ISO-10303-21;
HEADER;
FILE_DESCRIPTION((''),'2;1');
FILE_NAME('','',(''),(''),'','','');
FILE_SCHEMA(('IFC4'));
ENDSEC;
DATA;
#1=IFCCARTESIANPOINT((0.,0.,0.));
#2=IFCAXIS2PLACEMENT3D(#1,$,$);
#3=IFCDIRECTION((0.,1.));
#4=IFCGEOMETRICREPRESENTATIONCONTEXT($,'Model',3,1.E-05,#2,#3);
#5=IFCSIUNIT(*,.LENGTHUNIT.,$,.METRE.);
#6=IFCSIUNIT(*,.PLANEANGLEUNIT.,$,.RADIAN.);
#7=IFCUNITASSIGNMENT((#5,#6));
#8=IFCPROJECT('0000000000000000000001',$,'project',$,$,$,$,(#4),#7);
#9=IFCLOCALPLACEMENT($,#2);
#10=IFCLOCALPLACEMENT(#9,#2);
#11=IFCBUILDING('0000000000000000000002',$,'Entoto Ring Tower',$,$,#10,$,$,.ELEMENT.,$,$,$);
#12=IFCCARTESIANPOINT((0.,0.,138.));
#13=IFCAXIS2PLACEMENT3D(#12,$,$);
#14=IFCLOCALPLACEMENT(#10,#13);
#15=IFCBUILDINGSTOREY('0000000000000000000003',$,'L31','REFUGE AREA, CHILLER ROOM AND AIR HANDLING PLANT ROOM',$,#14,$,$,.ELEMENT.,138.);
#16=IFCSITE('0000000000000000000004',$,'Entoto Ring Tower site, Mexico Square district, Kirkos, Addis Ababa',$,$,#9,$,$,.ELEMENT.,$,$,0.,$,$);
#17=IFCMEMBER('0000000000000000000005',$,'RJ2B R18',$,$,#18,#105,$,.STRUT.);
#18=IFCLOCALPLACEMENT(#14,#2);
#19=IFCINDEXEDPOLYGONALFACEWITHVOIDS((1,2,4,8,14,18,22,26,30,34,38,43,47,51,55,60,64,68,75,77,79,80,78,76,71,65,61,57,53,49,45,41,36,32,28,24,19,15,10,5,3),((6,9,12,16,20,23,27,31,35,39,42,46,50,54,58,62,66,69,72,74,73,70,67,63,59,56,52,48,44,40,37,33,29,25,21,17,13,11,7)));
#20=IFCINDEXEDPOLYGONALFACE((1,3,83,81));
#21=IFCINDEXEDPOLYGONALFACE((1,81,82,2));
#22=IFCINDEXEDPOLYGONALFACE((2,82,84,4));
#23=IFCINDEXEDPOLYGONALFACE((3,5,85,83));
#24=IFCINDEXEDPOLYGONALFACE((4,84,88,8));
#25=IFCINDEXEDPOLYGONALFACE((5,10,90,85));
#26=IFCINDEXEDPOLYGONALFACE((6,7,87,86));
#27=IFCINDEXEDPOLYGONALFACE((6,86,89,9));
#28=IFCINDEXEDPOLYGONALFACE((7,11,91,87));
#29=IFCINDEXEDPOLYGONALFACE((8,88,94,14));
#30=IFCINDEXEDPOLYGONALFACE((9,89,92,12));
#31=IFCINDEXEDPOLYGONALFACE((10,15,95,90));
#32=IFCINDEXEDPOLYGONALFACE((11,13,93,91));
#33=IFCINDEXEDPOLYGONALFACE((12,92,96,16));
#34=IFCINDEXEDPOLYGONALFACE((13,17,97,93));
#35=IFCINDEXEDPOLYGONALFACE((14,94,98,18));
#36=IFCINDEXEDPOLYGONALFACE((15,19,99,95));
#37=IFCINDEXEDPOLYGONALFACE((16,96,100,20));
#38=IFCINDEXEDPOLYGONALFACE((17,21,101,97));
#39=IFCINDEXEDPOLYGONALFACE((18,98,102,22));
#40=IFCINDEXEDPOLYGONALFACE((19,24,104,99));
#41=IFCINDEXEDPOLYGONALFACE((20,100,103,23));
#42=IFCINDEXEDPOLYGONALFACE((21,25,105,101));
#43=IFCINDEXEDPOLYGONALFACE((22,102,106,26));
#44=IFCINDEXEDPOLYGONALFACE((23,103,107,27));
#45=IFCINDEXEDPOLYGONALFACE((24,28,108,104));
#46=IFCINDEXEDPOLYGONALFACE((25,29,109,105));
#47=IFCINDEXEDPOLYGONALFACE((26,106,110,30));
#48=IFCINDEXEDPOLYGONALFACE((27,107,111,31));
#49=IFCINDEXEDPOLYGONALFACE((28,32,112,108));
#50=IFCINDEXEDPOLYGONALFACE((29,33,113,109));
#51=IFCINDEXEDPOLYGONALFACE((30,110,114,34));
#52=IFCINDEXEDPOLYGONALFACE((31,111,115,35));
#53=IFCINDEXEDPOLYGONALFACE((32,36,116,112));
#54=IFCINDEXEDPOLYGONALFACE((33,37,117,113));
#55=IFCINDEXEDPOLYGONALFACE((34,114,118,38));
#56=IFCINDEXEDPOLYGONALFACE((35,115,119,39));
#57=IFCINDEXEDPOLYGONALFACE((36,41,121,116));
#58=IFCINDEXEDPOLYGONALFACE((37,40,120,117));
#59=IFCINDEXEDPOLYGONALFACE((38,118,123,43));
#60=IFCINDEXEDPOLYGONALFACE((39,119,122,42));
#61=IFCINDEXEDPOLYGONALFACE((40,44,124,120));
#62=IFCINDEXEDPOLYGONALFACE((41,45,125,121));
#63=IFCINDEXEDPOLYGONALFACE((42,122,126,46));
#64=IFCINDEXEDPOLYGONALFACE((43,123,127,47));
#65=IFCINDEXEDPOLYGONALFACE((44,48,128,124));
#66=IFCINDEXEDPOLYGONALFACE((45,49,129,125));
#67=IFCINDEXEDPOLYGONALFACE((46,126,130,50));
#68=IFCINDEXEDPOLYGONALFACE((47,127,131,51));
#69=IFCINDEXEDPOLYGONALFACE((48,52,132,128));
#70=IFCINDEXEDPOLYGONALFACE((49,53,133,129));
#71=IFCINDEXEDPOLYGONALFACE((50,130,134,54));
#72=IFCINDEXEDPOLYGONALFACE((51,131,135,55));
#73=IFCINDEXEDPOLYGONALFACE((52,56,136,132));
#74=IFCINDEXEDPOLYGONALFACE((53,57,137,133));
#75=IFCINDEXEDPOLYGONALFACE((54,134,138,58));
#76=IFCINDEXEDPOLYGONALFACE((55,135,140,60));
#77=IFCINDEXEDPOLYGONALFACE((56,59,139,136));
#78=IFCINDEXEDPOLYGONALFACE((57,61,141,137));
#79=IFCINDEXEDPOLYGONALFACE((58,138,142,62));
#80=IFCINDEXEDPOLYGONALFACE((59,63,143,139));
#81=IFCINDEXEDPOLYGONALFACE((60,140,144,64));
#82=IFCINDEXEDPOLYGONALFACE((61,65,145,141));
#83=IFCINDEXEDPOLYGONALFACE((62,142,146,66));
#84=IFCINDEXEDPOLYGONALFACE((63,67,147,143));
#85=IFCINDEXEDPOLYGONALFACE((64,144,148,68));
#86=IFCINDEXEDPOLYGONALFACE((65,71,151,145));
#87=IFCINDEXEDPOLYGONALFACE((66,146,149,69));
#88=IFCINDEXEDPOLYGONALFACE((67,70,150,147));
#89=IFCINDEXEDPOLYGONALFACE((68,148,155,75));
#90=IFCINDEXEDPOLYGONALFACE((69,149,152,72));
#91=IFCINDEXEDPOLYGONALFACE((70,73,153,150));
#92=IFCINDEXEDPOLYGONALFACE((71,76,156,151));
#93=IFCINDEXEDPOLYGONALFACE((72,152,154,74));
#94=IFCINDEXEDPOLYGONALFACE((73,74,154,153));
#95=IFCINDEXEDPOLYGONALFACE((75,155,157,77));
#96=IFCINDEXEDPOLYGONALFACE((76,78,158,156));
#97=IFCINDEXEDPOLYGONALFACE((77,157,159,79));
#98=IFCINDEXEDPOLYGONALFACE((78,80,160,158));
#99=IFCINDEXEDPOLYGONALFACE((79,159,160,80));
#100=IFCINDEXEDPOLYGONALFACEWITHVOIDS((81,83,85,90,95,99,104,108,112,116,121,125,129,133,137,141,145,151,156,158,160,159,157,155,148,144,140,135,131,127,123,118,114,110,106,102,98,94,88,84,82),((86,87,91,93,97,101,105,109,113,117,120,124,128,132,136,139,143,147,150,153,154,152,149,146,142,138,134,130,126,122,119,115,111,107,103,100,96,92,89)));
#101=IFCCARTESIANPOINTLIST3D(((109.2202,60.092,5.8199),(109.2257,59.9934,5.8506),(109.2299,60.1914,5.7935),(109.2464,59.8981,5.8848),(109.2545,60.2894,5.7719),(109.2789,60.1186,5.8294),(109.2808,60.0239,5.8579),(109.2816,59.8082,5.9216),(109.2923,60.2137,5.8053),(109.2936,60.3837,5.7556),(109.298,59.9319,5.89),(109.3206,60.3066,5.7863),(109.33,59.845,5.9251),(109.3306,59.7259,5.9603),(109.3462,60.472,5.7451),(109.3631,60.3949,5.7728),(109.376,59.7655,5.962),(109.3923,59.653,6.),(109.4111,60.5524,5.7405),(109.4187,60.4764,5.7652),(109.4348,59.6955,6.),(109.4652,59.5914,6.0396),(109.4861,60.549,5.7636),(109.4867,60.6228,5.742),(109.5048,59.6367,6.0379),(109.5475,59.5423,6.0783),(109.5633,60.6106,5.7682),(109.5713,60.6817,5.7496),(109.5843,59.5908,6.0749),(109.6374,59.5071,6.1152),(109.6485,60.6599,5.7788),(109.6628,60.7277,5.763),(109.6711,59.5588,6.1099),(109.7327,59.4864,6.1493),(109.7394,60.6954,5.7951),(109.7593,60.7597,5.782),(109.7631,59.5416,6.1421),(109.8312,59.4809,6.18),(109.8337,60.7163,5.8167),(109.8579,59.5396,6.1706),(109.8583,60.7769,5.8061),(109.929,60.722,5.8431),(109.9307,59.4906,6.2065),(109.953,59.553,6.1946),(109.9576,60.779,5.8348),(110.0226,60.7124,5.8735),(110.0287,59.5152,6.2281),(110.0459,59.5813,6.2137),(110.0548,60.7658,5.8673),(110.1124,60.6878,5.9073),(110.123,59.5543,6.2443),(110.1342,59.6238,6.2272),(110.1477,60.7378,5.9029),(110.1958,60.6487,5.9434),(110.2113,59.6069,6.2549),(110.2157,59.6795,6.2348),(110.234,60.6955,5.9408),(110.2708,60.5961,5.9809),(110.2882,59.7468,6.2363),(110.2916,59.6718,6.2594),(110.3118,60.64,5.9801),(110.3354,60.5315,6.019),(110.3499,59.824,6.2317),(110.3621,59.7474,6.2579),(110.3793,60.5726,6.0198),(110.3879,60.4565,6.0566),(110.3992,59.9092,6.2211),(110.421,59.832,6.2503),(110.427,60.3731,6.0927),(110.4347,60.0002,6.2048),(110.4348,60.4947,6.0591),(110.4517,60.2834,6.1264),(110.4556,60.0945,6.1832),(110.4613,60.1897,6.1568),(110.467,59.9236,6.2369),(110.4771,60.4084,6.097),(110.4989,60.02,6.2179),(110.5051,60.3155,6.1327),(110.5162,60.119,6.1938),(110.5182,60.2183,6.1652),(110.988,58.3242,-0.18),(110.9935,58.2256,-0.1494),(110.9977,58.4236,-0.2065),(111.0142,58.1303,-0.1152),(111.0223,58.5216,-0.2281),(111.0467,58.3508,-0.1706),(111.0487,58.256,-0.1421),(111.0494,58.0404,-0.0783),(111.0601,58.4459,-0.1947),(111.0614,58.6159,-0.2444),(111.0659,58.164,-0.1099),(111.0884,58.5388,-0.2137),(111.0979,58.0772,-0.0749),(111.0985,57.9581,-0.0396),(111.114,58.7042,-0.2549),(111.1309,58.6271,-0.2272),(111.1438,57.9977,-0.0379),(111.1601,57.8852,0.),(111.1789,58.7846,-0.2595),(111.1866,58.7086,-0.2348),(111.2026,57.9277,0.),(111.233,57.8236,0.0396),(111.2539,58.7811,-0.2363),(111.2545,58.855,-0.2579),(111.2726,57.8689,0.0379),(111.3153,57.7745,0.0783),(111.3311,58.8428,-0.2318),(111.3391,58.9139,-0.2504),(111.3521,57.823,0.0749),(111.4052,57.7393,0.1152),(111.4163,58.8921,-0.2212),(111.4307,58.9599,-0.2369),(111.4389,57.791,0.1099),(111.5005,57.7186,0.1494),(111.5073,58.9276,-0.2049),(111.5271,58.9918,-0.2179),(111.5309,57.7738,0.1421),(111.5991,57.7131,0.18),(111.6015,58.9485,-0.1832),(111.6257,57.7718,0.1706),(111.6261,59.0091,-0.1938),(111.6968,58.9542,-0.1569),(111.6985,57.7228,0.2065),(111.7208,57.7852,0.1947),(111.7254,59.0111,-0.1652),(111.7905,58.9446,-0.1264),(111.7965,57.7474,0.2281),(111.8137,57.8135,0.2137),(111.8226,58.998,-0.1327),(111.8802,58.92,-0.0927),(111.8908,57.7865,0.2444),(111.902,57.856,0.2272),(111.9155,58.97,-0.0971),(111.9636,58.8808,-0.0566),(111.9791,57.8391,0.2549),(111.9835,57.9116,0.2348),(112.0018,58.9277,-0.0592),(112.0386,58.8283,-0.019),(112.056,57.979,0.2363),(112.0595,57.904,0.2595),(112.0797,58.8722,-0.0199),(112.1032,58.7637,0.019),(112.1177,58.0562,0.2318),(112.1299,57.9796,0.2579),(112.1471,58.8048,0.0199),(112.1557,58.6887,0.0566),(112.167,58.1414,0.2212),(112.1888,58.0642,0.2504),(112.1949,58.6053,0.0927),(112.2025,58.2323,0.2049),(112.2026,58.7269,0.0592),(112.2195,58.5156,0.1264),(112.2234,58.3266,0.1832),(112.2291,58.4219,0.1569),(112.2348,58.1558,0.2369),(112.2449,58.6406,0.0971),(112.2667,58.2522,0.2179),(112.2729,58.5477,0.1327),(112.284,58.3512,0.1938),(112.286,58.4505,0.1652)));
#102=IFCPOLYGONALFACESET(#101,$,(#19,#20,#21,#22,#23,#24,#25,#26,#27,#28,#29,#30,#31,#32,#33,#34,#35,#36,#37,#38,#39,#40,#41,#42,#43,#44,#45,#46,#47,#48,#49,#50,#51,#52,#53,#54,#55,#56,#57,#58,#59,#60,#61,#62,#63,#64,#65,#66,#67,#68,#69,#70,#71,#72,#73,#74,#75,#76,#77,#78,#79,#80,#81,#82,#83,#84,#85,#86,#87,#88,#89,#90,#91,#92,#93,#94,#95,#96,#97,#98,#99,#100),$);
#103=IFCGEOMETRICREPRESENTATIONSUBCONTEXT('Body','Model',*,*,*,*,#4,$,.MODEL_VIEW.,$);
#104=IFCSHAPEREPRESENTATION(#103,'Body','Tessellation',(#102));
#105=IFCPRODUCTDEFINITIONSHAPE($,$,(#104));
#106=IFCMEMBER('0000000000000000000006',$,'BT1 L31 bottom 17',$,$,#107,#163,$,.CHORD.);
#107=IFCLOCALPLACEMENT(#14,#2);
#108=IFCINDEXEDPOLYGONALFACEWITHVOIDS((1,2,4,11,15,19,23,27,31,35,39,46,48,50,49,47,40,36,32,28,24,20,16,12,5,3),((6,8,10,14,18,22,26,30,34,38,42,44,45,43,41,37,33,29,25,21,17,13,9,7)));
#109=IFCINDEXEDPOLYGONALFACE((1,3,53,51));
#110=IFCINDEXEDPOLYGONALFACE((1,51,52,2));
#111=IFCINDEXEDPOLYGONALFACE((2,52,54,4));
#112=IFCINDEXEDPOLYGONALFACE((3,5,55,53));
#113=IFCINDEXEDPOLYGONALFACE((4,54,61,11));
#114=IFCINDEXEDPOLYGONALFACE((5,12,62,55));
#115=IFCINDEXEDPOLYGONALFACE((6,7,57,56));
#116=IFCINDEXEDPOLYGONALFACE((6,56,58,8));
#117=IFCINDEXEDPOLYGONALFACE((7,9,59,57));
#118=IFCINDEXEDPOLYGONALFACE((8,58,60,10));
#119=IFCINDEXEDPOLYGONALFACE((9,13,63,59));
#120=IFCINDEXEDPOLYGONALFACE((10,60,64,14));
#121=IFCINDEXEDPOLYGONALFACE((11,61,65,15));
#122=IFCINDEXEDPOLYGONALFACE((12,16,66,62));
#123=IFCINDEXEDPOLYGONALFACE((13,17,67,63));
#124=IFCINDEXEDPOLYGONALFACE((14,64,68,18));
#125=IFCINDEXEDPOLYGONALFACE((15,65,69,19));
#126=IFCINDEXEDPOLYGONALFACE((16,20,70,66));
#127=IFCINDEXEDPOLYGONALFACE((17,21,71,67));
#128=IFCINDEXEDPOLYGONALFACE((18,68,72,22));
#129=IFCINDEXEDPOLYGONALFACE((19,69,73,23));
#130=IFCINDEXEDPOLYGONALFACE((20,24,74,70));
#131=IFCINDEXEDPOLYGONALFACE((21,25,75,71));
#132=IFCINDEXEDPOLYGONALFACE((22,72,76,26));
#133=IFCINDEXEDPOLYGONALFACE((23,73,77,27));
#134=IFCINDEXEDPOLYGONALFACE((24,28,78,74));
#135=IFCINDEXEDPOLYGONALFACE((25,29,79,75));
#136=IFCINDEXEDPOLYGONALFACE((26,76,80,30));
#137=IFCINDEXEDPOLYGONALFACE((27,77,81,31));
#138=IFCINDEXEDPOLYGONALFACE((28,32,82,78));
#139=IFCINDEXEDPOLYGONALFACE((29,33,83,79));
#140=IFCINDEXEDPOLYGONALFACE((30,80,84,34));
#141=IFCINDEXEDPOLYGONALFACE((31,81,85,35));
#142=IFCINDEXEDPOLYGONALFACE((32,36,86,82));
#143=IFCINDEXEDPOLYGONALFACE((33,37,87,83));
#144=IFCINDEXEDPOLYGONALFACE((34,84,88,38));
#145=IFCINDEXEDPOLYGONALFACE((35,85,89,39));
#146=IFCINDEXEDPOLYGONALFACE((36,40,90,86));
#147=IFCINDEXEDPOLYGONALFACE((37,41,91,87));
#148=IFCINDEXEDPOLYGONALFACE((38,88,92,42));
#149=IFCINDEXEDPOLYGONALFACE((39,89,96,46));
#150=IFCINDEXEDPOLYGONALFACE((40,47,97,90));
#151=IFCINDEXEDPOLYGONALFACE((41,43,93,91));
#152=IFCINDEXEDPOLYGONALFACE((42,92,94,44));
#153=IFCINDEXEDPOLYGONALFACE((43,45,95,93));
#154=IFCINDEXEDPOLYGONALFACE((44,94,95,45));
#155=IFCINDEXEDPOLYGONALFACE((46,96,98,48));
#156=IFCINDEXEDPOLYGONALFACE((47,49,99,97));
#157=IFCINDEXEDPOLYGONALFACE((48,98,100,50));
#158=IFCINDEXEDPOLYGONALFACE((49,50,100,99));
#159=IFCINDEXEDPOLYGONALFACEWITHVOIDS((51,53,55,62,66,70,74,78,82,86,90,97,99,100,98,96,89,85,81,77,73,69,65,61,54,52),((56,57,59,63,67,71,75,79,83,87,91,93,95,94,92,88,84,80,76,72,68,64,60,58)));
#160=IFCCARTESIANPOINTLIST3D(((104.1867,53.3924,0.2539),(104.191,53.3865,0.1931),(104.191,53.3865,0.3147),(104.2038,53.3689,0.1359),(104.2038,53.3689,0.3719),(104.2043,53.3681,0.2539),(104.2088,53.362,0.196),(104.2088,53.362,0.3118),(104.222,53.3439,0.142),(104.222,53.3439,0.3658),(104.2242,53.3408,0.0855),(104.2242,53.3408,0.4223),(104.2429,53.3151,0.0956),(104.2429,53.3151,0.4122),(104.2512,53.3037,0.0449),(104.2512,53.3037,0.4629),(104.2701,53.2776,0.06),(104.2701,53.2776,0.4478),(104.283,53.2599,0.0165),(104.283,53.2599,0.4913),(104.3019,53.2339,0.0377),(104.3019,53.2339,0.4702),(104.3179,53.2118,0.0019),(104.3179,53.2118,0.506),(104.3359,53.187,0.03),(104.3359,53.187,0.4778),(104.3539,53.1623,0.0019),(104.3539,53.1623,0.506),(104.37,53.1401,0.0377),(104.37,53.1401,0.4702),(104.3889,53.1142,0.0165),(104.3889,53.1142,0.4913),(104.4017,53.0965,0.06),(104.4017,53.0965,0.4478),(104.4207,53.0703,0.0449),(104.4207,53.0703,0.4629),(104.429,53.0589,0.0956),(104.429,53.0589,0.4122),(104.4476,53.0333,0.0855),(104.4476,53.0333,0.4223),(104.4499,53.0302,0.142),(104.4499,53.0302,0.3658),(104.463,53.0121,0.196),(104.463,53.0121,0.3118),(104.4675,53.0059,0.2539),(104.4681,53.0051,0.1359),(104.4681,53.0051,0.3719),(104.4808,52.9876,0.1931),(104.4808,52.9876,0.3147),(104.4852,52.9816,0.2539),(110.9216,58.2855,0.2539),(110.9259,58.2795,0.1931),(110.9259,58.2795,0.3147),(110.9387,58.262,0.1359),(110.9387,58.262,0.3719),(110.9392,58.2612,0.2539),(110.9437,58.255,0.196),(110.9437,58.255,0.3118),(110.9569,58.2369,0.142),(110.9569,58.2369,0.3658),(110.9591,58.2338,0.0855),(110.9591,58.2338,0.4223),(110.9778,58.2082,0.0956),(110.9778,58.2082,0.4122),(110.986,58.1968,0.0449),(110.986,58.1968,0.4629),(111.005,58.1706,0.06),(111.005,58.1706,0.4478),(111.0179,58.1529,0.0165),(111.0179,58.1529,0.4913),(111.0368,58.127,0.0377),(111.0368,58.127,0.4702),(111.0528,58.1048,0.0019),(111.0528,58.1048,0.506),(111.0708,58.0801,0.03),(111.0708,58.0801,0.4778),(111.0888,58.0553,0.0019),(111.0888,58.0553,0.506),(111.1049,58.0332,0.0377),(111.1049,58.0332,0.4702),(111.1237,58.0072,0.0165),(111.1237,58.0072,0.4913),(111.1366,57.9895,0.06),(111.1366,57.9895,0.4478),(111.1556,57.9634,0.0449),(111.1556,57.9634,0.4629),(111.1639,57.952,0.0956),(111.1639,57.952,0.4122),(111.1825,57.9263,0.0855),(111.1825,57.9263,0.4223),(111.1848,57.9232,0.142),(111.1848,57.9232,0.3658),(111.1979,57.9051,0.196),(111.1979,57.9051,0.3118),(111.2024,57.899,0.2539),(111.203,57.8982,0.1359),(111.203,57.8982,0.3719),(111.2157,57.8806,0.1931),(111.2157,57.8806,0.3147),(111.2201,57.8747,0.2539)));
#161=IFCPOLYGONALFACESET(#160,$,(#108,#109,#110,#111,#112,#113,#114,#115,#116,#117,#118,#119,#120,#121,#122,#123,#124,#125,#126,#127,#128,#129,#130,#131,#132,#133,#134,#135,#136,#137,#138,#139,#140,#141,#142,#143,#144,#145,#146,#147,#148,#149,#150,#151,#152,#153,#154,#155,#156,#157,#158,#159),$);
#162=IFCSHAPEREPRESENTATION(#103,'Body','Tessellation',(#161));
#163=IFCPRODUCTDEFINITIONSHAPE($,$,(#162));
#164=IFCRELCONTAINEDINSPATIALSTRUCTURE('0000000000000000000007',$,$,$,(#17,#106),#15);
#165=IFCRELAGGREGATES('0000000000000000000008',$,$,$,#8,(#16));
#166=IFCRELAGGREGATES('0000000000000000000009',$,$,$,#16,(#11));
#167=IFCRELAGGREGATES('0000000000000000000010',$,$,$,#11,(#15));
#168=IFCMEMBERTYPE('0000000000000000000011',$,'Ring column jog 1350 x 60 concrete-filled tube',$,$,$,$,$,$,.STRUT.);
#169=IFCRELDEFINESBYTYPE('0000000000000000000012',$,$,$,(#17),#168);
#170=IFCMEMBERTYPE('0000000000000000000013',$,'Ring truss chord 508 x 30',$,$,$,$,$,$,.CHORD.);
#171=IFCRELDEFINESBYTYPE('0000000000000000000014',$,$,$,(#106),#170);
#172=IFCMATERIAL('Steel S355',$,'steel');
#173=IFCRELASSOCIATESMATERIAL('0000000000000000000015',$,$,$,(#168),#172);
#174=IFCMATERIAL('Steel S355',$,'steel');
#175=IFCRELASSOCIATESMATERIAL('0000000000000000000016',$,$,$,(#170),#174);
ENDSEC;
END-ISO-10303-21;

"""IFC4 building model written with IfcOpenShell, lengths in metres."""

from ifc_helpers import new_model, si_unit, direction, frame, origin, origin_2d, place, context, subcontext, project, spatial, circle, hollow_circle, extrude, material, material_profile, profile_set, type_object, element, save


model = new_model("IFC4")

# Units and contexts
model_context = context("Model", 3, precision=1e-05, world=origin(), true_north=direction((0.0, 1.0)))
body_context = subcontext(model_context, "Body", "Model", "MODEL_VIEW")
ifc_project = project(units=[si_unit("LENGTHUNIT", "METRE"), si_unit("PLANEANGLEUNIT", "RADIAN")], contexts=[model_context])

# Site, building, storey
site_placement = place(None, origin())
site = spatial("IfcSite", under=ifc_project, at=site_placement, Name="Entoto Ring Tower site, Mexico Square district, Kirkos, Addis Ababa", CompositionType="ELEMENT", RefElevation=0.0)
building_placement = place(site_placement, origin())
building = spatial("IfcBuilding", under=site, at=building_placement, Name="Entoto Ring Tower", CompositionType="ELEMENT")
storey_placement = place(building_placement, frame((0.0, 0.0, 138.0)))
storey = spatial("IfcBuildingStorey", under=building, at=storey_placement, Name="L31", Description="REFUGE AREA, CHILLER ROOM AND AIR HANDLING PLANT ROOM", CompositionType="ELEMENT", Elevation=138.0)

# Members
ifc_material_1 = material(Name="Steel S355", Category="steel")
ifc_material_profile_1 = material_profile(ifc_material_1, hollow_circle(Radius=0.675, WallThickness=0.0601, at=origin_2d()), Name="CHS 1350 x 60")
ifc_material_2 = material(Name="Concrete C60/75", Category="concrete")
ifc_material_profile_2 = material_profile(ifc_material_2, circle(Radius=0.615, at=origin_2d()), Name="Concrete C60/75 infill")
ifc_profile_set_1 = profile_set([ifc_material_profile_1, ifc_material_profile_2], Name="Steel S355")
member_type_1 = type_object("IfcMemberType", Name="Ring column jog 1350 x 60 concrete-filled tube", PredefinedType="STRUT", material=ifc_profile_set_1)
for number, where, z_axis, x_axis, name in (
    (1, (111.6375, 58.3625, 0.0), (-0.271971, 0.271971, 0.923073), (-0.707107, -0.707107, 0.0), "RJ2B R18"),
):
    element("IfcMember", number, at=place(storey_placement, frame(where, z_axis=z_axis, x_axis=x_axis)), inside=storey, type_object=member_type_1, Name=name, PredefinedType="STRUT", context=body_context, shape_type="SweptSolid", body=[
        extrude(hollow_circle(Radius=0.675, WallThickness=0.0601, at=origin_2d()), origin(), (0.0, 0.0, 1.0), 6.5),
    ])
ifc_material_3 = material(Name="Steel S355", Category="steel")
ifc_material_profile_3 = material_profile(ifc_material_3, hollow_circle(Radius=0.2539, WallThickness=0.03, at=origin_2d()), Name="CHS 508 x 30")
ifc_material_4 = material(Name="Concrete C60/75", Category="concrete")
ifc_material_profile_4 = material_profile(ifc_material_4, circle(Radius=0.2241, at=origin_2d()), Name="Concrete C60/75 infill")
ifc_profile_set_2 = profile_set([ifc_material_profile_3, ifc_material_profile_4], Name="Steel S355")
member_type_2 = type_object("IfcMemberType", Name="Ring truss chord 508 x 30", PredefinedType="CHORD", material=ifc_profile_set_2)
member_1_placement = place(storey_placement, frame((104.3359, 53.187, 0.2539), z_axis=(0.809023, 0.587778, 0.0), x_axis=(-0.587778, 0.809023, 0.0)))
element("IfcMember", 2, at=member_1_placement, inside=storey, type_object=member_type_2, Name="BT1 L31 bottom 17", PredefinedType="CHORD", context=body_context, shape_type="SweptSolid", body=[
    extrude(hollow_circle(Radius=0.2539, WallThickness=0.03, at=origin_2d()), origin(), (0.0, 0.0, 1.0), 8.3247),
])

save(model, "model.ifc")
